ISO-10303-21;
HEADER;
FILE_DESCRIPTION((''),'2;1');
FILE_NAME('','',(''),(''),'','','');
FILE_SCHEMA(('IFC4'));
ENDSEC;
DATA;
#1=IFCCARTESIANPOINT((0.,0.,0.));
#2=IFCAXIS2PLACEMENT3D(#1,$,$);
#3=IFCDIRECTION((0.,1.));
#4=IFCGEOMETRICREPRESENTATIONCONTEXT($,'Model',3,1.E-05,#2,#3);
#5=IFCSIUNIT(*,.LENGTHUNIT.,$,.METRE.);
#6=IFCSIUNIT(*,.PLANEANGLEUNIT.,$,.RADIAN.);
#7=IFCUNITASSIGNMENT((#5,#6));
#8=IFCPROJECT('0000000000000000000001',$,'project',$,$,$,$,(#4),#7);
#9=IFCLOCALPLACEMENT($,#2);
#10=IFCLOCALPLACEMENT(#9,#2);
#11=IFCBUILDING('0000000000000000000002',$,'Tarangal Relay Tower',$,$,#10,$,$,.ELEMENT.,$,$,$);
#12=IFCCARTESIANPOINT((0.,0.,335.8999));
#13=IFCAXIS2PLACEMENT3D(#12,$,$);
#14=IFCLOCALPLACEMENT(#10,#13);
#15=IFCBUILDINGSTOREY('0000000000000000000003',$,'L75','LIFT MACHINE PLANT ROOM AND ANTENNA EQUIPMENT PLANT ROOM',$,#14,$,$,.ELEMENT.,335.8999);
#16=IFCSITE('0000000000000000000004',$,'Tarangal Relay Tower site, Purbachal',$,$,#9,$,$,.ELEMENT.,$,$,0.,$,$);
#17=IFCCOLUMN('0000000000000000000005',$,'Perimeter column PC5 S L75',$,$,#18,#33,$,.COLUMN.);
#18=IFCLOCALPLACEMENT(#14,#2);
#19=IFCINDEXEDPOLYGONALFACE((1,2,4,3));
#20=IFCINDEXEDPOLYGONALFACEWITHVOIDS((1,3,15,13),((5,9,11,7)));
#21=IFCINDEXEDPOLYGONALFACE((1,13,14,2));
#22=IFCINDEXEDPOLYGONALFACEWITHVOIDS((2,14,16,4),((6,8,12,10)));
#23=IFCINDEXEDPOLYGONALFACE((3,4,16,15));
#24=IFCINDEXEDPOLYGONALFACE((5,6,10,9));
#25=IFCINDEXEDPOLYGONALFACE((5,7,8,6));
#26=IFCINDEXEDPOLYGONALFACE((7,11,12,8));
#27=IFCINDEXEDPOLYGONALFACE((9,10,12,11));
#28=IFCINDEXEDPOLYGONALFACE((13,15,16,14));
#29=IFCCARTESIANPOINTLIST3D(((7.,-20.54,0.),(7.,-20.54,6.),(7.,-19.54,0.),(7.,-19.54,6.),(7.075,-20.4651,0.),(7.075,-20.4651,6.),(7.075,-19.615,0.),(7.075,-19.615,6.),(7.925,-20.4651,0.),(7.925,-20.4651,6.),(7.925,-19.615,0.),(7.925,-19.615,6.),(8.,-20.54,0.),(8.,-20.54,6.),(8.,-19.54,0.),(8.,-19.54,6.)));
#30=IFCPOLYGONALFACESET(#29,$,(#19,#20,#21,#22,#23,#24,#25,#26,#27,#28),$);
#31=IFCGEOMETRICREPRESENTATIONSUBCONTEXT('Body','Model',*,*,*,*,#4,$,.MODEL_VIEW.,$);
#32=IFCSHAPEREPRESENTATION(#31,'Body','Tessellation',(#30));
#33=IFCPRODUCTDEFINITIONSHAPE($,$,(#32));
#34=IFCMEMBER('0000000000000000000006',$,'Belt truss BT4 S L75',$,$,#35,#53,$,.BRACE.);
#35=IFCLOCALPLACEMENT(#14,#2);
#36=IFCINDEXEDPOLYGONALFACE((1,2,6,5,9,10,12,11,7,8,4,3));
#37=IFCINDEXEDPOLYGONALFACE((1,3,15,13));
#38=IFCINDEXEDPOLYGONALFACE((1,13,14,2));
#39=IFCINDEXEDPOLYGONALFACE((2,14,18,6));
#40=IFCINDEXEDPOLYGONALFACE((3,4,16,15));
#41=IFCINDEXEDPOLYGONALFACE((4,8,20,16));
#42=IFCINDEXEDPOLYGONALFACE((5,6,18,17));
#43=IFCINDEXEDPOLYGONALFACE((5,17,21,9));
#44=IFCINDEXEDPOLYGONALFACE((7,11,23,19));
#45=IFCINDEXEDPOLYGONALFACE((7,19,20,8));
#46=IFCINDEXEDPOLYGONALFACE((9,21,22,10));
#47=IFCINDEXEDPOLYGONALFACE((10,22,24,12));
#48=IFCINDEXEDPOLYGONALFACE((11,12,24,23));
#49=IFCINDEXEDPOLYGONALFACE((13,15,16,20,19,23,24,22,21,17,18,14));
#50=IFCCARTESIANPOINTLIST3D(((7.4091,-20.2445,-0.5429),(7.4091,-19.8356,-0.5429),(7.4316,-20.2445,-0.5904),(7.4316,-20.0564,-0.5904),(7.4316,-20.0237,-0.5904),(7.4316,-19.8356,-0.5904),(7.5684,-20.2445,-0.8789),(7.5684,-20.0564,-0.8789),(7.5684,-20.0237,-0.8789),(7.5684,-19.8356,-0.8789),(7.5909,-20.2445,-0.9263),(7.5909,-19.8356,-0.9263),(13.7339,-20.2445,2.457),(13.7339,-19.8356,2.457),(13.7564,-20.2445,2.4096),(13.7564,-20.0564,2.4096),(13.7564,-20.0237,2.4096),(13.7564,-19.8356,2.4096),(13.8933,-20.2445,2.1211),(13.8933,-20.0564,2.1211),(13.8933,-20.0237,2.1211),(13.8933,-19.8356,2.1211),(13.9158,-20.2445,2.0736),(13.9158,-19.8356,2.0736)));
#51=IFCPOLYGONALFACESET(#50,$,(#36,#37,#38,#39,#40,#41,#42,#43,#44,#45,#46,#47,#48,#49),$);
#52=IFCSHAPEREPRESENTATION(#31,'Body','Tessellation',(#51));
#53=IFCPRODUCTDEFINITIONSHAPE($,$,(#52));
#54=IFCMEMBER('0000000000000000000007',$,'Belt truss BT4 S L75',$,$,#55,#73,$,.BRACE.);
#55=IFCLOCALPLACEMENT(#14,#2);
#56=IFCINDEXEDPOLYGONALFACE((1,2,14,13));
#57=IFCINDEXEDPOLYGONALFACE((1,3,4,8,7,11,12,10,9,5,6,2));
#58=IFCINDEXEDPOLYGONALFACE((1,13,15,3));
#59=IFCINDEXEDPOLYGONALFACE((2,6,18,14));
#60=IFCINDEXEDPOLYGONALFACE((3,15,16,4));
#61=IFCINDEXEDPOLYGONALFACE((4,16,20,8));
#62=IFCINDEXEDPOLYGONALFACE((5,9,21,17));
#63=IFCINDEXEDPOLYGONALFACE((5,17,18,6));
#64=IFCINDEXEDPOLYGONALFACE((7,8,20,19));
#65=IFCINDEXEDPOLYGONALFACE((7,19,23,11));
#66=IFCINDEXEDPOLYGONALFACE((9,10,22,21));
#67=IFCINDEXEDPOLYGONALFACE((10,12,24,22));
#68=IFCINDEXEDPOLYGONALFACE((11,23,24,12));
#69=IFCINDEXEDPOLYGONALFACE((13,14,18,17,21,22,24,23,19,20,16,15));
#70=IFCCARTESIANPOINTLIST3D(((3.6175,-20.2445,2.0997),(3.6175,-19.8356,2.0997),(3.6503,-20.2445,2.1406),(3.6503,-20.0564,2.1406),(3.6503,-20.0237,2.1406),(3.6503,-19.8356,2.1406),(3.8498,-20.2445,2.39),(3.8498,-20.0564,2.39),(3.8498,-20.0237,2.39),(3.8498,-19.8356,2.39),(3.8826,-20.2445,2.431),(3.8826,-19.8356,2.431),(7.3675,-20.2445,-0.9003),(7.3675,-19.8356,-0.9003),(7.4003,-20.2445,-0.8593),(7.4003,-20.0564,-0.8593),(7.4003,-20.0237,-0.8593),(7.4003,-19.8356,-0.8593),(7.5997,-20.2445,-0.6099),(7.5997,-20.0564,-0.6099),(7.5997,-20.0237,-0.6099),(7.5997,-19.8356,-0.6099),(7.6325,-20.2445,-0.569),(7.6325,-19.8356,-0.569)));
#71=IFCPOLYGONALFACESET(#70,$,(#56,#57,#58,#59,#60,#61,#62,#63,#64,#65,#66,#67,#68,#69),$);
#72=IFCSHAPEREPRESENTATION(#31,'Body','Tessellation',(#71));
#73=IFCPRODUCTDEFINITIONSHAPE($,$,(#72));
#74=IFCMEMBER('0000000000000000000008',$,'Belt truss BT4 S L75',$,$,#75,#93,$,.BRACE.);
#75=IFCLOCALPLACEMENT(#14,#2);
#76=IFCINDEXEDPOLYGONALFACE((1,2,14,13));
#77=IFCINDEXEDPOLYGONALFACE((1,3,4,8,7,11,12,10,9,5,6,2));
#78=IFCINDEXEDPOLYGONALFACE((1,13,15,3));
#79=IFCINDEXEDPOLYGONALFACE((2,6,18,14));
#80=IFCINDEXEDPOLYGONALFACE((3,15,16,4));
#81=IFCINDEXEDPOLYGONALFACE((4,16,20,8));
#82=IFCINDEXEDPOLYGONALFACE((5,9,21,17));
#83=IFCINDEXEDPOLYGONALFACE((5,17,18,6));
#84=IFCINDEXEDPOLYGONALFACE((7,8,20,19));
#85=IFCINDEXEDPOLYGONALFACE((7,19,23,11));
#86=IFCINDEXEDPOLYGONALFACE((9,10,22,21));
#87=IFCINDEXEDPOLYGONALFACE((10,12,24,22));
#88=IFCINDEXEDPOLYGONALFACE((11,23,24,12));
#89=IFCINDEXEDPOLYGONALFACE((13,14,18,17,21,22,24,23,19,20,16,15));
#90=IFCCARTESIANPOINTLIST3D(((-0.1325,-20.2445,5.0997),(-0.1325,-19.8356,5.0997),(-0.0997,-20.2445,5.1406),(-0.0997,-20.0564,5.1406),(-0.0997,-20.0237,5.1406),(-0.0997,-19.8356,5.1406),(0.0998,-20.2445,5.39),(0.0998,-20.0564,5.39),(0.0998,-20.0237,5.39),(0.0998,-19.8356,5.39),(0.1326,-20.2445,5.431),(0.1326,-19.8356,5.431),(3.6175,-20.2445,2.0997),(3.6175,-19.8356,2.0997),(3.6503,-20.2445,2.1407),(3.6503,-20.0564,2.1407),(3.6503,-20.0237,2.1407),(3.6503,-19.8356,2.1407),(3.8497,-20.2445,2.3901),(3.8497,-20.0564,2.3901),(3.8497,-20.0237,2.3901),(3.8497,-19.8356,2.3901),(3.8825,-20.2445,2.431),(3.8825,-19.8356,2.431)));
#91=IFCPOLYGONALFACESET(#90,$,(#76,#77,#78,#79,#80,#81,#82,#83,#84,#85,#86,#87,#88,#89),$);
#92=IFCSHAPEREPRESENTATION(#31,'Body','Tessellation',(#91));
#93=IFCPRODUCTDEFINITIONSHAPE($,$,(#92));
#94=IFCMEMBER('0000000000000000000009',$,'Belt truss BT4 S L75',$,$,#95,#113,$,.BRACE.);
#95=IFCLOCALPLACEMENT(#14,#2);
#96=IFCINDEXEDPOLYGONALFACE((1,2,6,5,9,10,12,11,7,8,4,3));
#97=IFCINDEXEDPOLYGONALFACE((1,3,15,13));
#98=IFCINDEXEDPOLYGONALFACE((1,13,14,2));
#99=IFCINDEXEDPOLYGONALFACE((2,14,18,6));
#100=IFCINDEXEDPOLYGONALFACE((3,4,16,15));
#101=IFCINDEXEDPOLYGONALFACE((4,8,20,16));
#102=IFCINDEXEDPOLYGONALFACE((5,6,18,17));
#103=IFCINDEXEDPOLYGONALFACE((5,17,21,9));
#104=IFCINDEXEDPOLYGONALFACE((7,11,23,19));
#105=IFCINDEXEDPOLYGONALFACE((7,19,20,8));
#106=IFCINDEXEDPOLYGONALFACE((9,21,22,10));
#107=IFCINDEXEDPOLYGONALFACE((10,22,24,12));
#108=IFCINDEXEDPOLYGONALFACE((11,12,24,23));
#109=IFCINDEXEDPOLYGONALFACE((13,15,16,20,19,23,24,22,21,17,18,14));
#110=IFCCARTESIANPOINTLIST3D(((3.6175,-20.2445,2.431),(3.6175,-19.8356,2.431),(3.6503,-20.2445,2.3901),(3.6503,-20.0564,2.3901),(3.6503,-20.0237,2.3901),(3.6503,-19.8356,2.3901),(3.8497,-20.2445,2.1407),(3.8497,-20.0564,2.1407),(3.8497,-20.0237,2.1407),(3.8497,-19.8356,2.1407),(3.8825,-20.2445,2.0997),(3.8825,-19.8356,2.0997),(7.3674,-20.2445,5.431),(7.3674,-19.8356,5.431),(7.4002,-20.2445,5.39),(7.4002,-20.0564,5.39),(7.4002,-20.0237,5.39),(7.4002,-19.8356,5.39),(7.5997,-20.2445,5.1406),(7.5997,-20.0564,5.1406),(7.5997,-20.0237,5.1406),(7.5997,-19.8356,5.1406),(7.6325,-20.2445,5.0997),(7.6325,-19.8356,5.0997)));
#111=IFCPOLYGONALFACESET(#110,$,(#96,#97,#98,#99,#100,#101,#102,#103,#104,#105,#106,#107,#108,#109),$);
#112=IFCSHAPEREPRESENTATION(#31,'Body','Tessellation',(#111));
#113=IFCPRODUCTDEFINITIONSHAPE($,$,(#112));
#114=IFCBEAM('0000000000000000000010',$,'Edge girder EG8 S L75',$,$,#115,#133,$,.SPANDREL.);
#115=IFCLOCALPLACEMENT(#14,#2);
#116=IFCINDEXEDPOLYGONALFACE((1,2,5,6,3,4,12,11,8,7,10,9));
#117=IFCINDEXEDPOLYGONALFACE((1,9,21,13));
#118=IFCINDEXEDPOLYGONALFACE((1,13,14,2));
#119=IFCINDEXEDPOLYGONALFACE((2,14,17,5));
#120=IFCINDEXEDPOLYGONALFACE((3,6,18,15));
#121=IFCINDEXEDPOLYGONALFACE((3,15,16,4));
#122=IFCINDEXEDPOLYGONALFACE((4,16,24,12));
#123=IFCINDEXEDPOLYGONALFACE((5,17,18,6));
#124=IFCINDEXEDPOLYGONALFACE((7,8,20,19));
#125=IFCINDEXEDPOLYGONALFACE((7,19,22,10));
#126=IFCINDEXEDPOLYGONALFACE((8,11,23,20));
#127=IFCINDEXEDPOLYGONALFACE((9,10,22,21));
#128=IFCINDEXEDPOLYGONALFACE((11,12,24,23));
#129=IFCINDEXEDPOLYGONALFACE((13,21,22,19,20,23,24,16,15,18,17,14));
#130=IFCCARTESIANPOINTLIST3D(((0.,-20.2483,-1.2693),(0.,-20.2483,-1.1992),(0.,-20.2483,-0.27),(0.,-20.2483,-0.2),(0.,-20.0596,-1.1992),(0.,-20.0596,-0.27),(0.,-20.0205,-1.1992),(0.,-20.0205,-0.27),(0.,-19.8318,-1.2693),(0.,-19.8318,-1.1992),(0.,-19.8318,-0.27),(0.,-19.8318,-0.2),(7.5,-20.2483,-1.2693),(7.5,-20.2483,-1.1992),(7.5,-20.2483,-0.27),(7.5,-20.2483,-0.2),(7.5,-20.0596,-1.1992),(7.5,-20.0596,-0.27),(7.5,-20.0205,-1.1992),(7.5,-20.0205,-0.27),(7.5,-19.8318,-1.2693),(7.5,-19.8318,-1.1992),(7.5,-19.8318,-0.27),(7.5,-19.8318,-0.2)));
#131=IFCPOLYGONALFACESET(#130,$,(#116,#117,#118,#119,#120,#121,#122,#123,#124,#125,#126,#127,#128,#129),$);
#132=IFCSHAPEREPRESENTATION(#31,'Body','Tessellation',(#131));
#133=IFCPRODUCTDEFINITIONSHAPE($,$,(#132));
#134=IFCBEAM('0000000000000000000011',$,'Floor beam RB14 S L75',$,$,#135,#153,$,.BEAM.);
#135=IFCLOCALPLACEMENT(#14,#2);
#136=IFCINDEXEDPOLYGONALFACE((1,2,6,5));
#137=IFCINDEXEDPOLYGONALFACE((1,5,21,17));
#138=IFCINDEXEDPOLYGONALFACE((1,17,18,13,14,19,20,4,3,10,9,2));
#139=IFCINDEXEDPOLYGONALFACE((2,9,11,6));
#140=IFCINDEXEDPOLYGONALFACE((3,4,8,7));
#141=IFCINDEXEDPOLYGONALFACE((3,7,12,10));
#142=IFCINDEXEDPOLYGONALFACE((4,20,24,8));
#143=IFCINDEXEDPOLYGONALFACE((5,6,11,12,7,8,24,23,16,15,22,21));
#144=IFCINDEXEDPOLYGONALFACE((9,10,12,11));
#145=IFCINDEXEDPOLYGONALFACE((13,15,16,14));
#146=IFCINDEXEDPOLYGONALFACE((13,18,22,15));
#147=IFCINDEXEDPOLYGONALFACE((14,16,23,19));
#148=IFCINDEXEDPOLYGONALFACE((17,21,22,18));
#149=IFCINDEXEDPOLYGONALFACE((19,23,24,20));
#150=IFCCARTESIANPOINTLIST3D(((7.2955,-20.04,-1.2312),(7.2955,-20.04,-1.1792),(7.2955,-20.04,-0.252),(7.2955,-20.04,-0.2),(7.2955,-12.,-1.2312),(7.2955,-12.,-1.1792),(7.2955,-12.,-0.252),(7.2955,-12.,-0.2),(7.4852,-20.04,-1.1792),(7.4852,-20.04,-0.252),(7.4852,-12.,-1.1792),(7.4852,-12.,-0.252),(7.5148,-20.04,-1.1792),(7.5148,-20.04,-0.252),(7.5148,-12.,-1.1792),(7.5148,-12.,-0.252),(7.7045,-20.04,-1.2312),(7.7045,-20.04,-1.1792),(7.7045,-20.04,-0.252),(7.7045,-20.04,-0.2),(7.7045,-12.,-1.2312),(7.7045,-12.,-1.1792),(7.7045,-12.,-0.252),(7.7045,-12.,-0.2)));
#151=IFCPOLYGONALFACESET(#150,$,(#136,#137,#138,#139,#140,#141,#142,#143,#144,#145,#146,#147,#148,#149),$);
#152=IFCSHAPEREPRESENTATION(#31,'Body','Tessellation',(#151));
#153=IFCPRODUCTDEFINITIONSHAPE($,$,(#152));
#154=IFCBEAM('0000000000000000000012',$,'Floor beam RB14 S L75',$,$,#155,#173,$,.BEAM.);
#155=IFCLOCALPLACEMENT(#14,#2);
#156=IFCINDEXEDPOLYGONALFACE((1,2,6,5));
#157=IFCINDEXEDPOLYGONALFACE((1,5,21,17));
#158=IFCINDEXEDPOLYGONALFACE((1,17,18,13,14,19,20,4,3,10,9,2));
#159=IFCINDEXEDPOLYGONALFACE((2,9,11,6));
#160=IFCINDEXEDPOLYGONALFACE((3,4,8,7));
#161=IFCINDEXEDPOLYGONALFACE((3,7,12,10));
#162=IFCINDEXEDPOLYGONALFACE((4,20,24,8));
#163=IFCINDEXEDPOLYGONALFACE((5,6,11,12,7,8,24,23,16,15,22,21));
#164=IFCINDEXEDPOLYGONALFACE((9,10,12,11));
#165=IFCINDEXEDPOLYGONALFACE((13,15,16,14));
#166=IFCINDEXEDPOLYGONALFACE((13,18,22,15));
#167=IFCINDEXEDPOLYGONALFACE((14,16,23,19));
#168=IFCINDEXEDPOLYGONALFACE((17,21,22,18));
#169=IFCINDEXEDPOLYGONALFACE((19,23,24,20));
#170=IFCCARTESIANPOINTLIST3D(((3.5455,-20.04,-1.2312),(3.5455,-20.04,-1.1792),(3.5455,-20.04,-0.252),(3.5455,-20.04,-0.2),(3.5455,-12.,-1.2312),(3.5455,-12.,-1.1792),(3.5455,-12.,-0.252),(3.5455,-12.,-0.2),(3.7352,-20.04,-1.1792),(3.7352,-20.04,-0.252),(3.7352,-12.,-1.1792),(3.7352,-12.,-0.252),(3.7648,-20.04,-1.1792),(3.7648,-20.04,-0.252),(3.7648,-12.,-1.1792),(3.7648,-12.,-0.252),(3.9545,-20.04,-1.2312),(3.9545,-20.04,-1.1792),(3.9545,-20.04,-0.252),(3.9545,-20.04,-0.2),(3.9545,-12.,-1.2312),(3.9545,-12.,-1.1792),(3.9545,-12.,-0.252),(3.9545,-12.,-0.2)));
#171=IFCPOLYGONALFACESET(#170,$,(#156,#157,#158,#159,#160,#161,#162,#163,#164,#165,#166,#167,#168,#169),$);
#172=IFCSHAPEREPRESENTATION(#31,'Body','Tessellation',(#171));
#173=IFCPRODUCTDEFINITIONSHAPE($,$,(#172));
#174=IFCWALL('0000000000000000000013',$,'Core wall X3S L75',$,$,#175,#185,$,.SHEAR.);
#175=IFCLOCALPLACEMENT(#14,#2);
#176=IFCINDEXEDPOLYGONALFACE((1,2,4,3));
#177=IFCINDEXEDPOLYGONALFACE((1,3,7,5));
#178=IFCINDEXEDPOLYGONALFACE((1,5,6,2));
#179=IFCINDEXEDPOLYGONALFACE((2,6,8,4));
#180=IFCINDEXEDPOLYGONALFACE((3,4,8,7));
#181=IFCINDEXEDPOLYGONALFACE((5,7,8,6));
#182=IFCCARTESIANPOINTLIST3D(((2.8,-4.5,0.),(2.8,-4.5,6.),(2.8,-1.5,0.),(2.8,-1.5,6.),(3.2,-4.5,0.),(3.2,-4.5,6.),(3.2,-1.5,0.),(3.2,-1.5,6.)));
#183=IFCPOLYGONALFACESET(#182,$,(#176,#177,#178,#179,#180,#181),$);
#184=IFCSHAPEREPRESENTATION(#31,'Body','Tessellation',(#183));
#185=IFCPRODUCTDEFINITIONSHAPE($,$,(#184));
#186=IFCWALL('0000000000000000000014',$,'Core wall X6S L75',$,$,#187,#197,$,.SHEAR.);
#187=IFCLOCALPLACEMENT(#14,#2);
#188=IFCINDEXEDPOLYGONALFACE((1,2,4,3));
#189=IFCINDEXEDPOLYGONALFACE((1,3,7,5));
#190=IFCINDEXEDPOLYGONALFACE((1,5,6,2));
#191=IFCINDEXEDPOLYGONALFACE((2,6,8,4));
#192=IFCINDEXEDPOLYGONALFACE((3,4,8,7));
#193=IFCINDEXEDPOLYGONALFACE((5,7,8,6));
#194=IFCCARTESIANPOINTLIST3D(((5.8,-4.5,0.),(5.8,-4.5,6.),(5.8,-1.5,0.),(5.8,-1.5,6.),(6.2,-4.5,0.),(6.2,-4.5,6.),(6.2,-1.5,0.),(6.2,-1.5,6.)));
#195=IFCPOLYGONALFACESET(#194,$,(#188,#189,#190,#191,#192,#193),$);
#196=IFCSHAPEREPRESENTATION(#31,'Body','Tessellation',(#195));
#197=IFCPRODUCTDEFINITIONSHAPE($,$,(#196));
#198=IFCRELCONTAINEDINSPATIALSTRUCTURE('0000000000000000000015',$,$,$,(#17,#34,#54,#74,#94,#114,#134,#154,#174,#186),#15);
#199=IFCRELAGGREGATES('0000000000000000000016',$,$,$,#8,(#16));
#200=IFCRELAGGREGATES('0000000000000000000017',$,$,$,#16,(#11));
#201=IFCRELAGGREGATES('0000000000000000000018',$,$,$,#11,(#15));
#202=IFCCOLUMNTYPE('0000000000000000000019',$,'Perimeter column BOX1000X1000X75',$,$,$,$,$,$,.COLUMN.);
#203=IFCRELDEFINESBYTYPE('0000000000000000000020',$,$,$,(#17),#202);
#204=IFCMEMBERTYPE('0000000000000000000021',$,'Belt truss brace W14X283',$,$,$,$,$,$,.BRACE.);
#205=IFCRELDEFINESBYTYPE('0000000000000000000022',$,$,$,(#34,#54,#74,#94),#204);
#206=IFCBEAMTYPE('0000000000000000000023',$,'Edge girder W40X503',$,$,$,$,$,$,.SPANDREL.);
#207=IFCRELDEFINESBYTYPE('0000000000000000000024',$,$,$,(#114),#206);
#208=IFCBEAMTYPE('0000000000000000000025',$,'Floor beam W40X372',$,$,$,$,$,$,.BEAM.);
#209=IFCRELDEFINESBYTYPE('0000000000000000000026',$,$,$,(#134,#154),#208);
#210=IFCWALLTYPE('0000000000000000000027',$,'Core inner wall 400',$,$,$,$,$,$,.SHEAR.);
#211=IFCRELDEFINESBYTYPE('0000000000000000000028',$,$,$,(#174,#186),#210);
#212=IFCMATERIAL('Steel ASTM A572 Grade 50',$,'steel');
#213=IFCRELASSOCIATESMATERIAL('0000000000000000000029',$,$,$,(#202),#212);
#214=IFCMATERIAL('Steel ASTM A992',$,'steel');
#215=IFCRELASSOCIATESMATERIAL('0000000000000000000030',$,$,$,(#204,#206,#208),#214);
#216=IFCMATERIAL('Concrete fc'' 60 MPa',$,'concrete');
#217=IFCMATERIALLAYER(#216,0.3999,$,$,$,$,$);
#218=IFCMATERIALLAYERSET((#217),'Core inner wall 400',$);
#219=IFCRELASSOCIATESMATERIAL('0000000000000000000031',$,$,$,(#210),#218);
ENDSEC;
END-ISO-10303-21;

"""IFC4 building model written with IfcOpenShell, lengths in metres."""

from ifc_helpers import new_model, si_unit, direction, frame, frame_2d, origin, origin_2d, place, context, subcontext, project, spatial, rectangle, hollow_rectangle, i_section, extrude, material, layer, layer_set, material_profile, profile_set, type_object, element, save


model = new_model("IFC4")

# Units and contexts
model_context = context("Model", 3, precision=1e-05, world=origin(), true_north=direction((0.0, 1.0)))
body_context = subcontext(model_context, "Body", "Model", "MODEL_VIEW")
ifc_project = project(units=[si_unit("LENGTHUNIT", "METRE"), si_unit("PLANEANGLEUNIT", "RADIAN")], contexts=[model_context])

# Site, building, storey
site_placement = place(None, origin())
site = spatial("IfcSite", under=ifc_project, at=site_placement, Name="Tarangal Relay Tower site, Purbachal", CompositionType="ELEMENT", RefElevation=0.0)
building_placement = place(site_placement, origin())
building = spatial("IfcBuilding", under=site, at=building_placement, Name="Tarangal Relay Tower", CompositionType="ELEMENT")
storey_placement = place(building_placement, frame((0.0, 0.0, 335.8999)))
storey = spatial("IfcBuildingStorey", under=building, at=storey_placement, Name="L75", Description="LIFT MACHINE PLANT ROOM AND ANTENNA EQUIPMENT PLANT ROOM", CompositionType="ELEMENT", Elevation=335.8999)

# Column
ifc_material_1 = material(Name="Steel ASTM A572 Grade 50", Category="steel")
ifc_material_profile_1 = material_profile(ifc_material_1, hollow_rectangle(XDim=1.0, YDim=1.0, WallThickness=0.075, at=origin_2d()), Name="BOX1000X1000X75")
ifc_profile_set_1 = profile_set([ifc_material_profile_1], Name="Steel ASTM A572 Grade 50")
column_type = type_object("IfcColumnType", Name="Perimeter column BOX1000X1000X75", PredefinedType="COLUMN", material=ifc_profile_set_1)
column_placement = place(storey_placement, frame((7.5, -20.04, 0.0), z_axis=(0.0, 0.0, 1.0), x_axis=(1.0, 0.0, 0.0)))
element("IfcColumn", 1, at=column_placement, inside=storey, type_object=column_type, Name="Perimeter column PC5 S L75", PredefinedType="COLUMN", context=body_context, shape_type="SweptSolid", body=[
    extrude(hollow_rectangle(XDim=1.0, YDim=1.0, WallThickness=0.075, at=origin_2d()), origin(), (0.0, 0.0, 1.0), 6.0),
])

# Members
ifc_material_2 = material(Name="Steel ASTM A992", Category="steel")
ifc_material_profile_2 = material_profile(ifc_material_2, i_section(OverallWidth=0.4089, OverallDepth=0.4243, WebThickness=0.0327, FlangeThickness=0.0525, at=origin_2d()), Name="W14X283")
ifc_profile_set_2 = profile_set([ifc_material_profile_2], Name="Steel ASTM A992")
member_type = type_object("IfcMemberType", Name="Belt truss brace W14X283", PredefinedType="BRACE", material=ifc_profile_set_2)
member_placement = place(storey_placement, frame((7.5, -20.04, -0.7346), z_axis=(0.903518, 0.0, 0.42855), x_axis=(0.0, 1.0, 0.0)))
element("IfcMember", 2, at=member_placement, inside=storey, type_object=member_type, Name="Belt truss BT4 S L75", PredefinedType="BRACE", context=body_context, shape_type="SweptSolid", body=[
    extrude(i_section(OverallWidth=0.4089, OverallDepth=0.4243, WebThickness=0.0327, FlangeThickness=0.0525, at=origin_2d()), origin(), (0.0, 0.0, 1.0), 7.0002),
])
for number, where, z_axis, x_axis, name in (
    (3, (7.5, -20.04, -0.7346), (-0.780869, 0.0, 0.624695), (0.0, -1.0, 0.0), "Belt truss BT4 S L75"),
    (4, (3.75, -20.04, 2.2654), (-0.780869, 0.0, 0.624695), (0.0, -1.0, 0.0), "Belt truss BT4 S L75"),
    (5, (3.75, -20.04, 2.2654), (0.780869, 0.0, 0.624695), (0.0, 1.0, 0.0), "Belt truss BT4 S L75"),
):
    element("IfcMember", number, at=place(storey_placement, frame(where, z_axis=z_axis, x_axis=x_axis)), inside=storey, type_object=member_type, Name=name, PredefinedType="BRACE", context=body_context, shape_type="SweptSolid", body=[
        extrude(i_section(OverallWidth=0.4089, OverallDepth=0.4243, WebThickness=0.0327, FlangeThickness=0.0525, at=origin_2d()), origin(), (0.0, 0.0, 1.0), 4.8022),
    ])

# Beams
ifc_material_profile_3 = material_profile(ifc_material_2, i_section(OverallWidth=0.4165, OverallDepth=1.0693, WebThickness=0.0391, FlangeThickness=0.0701, at=origin_2d()), Name="W40X503")
ifc_profile_set_3 = profile_set([ifc_material_profile_3], Name="Steel ASTM A992")
beam_type_1 = type_object("IfcBeamType", Name="Edge girder W40X503", PredefinedType="SPANDREL", material=ifc_profile_set_3)
beam_placement = place(storey_placement, frame((7.5, -20.04, -0.7346), z_axis=(-1.0, 0.0, 0.0), x_axis=(0.0, -1.0, 0.0)))
element("IfcBeam", 6, at=beam_placement, inside=storey, type_object=beam_type_1, Name="Edge girder EG8 S L75", PredefinedType="SPANDREL", context=body_context, shape_type="SweptSolid", body=[
    extrude(i_section(OverallWidth=0.4165, OverallDepth=1.0693, WebThickness=0.0391, FlangeThickness=0.0701, at=origin_2d()), origin(), (0.0, 0.0, 1.0), 7.5),
])
ifc_material_profile_4 = material_profile(ifc_material_2, i_section(OverallWidth=0.4089, OverallDepth=1.0312, WebThickness=0.0295, FlangeThickness=0.052, at=origin_2d()), Name="W40X372")
ifc_profile_set_4 = profile_set([ifc_material_profile_4], Name="Steel ASTM A992")
beam_type_2 = type_object("IfcBeamType", Name="Floor beam W40X372", PredefinedType="BEAM", material=ifc_profile_set_4)
for number, where, z_axis, x_axis, name in (
    (7, (7.5, -12.0, -0.7156), (0.0, -1.0, 0.0), (1.0, 0.0, 0.0), "Floor beam RB14 S L75"),
    (8, (3.75, -12.0, -0.7156), (0.0, -1.0, 0.0), (1.0, 0.0, 0.0), "Floor beam RB14 S L75"),
):
    element("IfcBeam", number, at=place(storey_placement, frame(where, z_axis=z_axis, x_axis=x_axis)), inside=storey, type_object=beam_type_2, Name=name, PredefinedType="BEAM", context=body_context, shape_type="SweptSolid", body=[
        extrude(i_section(OverallWidth=0.4089, OverallDepth=1.0312, WebThickness=0.0295, FlangeThickness=0.052, at=origin_2d()), origin(), (0.0, 0.0, 1.0), 8.04),
    ])

# Walls
ifc_material_3 = material(Name="Concrete fc' 60 MPa", Category="concrete")
ifc_layer_1 = layer(ifc_material_3, 0.3999)
ifc_layer_set_1 = layer_set([ifc_layer_1], Name="Core inner wall 400")
wall_type_1 = type_object("IfcWallType", Name="Core inner wall 400", PredefinedType="SHEAR", material=ifc_layer_set_1)
for number, where, z_axis, x_axis, name in (
    (9, (3.0, -4.5, 0.0), (0.0, 0.0, 1.0), (0.0, 1.0, 0.0), "Core wall X3S L75"),
    (10, (6.0, -4.5, 0.0), (0.0, 0.0, 1.0), (0.0, 1.0, 0.0), "Core wall X6S L75"),
):
    element("IfcWall", number, at=place(storey_placement, frame(where, z_axis=z_axis, x_axis=x_axis)), inside=storey, type_object=wall_type_1, Name=name, PredefinedType="SHEAR", context=body_context, shape_type="SweptSolid", body=[
        extrude(rectangle(XDim=3.0, YDim=0.3999, at=frame_2d((1.5, 0.0))), origin(), (0.0, 0.0, 1.0), 6.0),
    ])

save(model, "model.ifc")
